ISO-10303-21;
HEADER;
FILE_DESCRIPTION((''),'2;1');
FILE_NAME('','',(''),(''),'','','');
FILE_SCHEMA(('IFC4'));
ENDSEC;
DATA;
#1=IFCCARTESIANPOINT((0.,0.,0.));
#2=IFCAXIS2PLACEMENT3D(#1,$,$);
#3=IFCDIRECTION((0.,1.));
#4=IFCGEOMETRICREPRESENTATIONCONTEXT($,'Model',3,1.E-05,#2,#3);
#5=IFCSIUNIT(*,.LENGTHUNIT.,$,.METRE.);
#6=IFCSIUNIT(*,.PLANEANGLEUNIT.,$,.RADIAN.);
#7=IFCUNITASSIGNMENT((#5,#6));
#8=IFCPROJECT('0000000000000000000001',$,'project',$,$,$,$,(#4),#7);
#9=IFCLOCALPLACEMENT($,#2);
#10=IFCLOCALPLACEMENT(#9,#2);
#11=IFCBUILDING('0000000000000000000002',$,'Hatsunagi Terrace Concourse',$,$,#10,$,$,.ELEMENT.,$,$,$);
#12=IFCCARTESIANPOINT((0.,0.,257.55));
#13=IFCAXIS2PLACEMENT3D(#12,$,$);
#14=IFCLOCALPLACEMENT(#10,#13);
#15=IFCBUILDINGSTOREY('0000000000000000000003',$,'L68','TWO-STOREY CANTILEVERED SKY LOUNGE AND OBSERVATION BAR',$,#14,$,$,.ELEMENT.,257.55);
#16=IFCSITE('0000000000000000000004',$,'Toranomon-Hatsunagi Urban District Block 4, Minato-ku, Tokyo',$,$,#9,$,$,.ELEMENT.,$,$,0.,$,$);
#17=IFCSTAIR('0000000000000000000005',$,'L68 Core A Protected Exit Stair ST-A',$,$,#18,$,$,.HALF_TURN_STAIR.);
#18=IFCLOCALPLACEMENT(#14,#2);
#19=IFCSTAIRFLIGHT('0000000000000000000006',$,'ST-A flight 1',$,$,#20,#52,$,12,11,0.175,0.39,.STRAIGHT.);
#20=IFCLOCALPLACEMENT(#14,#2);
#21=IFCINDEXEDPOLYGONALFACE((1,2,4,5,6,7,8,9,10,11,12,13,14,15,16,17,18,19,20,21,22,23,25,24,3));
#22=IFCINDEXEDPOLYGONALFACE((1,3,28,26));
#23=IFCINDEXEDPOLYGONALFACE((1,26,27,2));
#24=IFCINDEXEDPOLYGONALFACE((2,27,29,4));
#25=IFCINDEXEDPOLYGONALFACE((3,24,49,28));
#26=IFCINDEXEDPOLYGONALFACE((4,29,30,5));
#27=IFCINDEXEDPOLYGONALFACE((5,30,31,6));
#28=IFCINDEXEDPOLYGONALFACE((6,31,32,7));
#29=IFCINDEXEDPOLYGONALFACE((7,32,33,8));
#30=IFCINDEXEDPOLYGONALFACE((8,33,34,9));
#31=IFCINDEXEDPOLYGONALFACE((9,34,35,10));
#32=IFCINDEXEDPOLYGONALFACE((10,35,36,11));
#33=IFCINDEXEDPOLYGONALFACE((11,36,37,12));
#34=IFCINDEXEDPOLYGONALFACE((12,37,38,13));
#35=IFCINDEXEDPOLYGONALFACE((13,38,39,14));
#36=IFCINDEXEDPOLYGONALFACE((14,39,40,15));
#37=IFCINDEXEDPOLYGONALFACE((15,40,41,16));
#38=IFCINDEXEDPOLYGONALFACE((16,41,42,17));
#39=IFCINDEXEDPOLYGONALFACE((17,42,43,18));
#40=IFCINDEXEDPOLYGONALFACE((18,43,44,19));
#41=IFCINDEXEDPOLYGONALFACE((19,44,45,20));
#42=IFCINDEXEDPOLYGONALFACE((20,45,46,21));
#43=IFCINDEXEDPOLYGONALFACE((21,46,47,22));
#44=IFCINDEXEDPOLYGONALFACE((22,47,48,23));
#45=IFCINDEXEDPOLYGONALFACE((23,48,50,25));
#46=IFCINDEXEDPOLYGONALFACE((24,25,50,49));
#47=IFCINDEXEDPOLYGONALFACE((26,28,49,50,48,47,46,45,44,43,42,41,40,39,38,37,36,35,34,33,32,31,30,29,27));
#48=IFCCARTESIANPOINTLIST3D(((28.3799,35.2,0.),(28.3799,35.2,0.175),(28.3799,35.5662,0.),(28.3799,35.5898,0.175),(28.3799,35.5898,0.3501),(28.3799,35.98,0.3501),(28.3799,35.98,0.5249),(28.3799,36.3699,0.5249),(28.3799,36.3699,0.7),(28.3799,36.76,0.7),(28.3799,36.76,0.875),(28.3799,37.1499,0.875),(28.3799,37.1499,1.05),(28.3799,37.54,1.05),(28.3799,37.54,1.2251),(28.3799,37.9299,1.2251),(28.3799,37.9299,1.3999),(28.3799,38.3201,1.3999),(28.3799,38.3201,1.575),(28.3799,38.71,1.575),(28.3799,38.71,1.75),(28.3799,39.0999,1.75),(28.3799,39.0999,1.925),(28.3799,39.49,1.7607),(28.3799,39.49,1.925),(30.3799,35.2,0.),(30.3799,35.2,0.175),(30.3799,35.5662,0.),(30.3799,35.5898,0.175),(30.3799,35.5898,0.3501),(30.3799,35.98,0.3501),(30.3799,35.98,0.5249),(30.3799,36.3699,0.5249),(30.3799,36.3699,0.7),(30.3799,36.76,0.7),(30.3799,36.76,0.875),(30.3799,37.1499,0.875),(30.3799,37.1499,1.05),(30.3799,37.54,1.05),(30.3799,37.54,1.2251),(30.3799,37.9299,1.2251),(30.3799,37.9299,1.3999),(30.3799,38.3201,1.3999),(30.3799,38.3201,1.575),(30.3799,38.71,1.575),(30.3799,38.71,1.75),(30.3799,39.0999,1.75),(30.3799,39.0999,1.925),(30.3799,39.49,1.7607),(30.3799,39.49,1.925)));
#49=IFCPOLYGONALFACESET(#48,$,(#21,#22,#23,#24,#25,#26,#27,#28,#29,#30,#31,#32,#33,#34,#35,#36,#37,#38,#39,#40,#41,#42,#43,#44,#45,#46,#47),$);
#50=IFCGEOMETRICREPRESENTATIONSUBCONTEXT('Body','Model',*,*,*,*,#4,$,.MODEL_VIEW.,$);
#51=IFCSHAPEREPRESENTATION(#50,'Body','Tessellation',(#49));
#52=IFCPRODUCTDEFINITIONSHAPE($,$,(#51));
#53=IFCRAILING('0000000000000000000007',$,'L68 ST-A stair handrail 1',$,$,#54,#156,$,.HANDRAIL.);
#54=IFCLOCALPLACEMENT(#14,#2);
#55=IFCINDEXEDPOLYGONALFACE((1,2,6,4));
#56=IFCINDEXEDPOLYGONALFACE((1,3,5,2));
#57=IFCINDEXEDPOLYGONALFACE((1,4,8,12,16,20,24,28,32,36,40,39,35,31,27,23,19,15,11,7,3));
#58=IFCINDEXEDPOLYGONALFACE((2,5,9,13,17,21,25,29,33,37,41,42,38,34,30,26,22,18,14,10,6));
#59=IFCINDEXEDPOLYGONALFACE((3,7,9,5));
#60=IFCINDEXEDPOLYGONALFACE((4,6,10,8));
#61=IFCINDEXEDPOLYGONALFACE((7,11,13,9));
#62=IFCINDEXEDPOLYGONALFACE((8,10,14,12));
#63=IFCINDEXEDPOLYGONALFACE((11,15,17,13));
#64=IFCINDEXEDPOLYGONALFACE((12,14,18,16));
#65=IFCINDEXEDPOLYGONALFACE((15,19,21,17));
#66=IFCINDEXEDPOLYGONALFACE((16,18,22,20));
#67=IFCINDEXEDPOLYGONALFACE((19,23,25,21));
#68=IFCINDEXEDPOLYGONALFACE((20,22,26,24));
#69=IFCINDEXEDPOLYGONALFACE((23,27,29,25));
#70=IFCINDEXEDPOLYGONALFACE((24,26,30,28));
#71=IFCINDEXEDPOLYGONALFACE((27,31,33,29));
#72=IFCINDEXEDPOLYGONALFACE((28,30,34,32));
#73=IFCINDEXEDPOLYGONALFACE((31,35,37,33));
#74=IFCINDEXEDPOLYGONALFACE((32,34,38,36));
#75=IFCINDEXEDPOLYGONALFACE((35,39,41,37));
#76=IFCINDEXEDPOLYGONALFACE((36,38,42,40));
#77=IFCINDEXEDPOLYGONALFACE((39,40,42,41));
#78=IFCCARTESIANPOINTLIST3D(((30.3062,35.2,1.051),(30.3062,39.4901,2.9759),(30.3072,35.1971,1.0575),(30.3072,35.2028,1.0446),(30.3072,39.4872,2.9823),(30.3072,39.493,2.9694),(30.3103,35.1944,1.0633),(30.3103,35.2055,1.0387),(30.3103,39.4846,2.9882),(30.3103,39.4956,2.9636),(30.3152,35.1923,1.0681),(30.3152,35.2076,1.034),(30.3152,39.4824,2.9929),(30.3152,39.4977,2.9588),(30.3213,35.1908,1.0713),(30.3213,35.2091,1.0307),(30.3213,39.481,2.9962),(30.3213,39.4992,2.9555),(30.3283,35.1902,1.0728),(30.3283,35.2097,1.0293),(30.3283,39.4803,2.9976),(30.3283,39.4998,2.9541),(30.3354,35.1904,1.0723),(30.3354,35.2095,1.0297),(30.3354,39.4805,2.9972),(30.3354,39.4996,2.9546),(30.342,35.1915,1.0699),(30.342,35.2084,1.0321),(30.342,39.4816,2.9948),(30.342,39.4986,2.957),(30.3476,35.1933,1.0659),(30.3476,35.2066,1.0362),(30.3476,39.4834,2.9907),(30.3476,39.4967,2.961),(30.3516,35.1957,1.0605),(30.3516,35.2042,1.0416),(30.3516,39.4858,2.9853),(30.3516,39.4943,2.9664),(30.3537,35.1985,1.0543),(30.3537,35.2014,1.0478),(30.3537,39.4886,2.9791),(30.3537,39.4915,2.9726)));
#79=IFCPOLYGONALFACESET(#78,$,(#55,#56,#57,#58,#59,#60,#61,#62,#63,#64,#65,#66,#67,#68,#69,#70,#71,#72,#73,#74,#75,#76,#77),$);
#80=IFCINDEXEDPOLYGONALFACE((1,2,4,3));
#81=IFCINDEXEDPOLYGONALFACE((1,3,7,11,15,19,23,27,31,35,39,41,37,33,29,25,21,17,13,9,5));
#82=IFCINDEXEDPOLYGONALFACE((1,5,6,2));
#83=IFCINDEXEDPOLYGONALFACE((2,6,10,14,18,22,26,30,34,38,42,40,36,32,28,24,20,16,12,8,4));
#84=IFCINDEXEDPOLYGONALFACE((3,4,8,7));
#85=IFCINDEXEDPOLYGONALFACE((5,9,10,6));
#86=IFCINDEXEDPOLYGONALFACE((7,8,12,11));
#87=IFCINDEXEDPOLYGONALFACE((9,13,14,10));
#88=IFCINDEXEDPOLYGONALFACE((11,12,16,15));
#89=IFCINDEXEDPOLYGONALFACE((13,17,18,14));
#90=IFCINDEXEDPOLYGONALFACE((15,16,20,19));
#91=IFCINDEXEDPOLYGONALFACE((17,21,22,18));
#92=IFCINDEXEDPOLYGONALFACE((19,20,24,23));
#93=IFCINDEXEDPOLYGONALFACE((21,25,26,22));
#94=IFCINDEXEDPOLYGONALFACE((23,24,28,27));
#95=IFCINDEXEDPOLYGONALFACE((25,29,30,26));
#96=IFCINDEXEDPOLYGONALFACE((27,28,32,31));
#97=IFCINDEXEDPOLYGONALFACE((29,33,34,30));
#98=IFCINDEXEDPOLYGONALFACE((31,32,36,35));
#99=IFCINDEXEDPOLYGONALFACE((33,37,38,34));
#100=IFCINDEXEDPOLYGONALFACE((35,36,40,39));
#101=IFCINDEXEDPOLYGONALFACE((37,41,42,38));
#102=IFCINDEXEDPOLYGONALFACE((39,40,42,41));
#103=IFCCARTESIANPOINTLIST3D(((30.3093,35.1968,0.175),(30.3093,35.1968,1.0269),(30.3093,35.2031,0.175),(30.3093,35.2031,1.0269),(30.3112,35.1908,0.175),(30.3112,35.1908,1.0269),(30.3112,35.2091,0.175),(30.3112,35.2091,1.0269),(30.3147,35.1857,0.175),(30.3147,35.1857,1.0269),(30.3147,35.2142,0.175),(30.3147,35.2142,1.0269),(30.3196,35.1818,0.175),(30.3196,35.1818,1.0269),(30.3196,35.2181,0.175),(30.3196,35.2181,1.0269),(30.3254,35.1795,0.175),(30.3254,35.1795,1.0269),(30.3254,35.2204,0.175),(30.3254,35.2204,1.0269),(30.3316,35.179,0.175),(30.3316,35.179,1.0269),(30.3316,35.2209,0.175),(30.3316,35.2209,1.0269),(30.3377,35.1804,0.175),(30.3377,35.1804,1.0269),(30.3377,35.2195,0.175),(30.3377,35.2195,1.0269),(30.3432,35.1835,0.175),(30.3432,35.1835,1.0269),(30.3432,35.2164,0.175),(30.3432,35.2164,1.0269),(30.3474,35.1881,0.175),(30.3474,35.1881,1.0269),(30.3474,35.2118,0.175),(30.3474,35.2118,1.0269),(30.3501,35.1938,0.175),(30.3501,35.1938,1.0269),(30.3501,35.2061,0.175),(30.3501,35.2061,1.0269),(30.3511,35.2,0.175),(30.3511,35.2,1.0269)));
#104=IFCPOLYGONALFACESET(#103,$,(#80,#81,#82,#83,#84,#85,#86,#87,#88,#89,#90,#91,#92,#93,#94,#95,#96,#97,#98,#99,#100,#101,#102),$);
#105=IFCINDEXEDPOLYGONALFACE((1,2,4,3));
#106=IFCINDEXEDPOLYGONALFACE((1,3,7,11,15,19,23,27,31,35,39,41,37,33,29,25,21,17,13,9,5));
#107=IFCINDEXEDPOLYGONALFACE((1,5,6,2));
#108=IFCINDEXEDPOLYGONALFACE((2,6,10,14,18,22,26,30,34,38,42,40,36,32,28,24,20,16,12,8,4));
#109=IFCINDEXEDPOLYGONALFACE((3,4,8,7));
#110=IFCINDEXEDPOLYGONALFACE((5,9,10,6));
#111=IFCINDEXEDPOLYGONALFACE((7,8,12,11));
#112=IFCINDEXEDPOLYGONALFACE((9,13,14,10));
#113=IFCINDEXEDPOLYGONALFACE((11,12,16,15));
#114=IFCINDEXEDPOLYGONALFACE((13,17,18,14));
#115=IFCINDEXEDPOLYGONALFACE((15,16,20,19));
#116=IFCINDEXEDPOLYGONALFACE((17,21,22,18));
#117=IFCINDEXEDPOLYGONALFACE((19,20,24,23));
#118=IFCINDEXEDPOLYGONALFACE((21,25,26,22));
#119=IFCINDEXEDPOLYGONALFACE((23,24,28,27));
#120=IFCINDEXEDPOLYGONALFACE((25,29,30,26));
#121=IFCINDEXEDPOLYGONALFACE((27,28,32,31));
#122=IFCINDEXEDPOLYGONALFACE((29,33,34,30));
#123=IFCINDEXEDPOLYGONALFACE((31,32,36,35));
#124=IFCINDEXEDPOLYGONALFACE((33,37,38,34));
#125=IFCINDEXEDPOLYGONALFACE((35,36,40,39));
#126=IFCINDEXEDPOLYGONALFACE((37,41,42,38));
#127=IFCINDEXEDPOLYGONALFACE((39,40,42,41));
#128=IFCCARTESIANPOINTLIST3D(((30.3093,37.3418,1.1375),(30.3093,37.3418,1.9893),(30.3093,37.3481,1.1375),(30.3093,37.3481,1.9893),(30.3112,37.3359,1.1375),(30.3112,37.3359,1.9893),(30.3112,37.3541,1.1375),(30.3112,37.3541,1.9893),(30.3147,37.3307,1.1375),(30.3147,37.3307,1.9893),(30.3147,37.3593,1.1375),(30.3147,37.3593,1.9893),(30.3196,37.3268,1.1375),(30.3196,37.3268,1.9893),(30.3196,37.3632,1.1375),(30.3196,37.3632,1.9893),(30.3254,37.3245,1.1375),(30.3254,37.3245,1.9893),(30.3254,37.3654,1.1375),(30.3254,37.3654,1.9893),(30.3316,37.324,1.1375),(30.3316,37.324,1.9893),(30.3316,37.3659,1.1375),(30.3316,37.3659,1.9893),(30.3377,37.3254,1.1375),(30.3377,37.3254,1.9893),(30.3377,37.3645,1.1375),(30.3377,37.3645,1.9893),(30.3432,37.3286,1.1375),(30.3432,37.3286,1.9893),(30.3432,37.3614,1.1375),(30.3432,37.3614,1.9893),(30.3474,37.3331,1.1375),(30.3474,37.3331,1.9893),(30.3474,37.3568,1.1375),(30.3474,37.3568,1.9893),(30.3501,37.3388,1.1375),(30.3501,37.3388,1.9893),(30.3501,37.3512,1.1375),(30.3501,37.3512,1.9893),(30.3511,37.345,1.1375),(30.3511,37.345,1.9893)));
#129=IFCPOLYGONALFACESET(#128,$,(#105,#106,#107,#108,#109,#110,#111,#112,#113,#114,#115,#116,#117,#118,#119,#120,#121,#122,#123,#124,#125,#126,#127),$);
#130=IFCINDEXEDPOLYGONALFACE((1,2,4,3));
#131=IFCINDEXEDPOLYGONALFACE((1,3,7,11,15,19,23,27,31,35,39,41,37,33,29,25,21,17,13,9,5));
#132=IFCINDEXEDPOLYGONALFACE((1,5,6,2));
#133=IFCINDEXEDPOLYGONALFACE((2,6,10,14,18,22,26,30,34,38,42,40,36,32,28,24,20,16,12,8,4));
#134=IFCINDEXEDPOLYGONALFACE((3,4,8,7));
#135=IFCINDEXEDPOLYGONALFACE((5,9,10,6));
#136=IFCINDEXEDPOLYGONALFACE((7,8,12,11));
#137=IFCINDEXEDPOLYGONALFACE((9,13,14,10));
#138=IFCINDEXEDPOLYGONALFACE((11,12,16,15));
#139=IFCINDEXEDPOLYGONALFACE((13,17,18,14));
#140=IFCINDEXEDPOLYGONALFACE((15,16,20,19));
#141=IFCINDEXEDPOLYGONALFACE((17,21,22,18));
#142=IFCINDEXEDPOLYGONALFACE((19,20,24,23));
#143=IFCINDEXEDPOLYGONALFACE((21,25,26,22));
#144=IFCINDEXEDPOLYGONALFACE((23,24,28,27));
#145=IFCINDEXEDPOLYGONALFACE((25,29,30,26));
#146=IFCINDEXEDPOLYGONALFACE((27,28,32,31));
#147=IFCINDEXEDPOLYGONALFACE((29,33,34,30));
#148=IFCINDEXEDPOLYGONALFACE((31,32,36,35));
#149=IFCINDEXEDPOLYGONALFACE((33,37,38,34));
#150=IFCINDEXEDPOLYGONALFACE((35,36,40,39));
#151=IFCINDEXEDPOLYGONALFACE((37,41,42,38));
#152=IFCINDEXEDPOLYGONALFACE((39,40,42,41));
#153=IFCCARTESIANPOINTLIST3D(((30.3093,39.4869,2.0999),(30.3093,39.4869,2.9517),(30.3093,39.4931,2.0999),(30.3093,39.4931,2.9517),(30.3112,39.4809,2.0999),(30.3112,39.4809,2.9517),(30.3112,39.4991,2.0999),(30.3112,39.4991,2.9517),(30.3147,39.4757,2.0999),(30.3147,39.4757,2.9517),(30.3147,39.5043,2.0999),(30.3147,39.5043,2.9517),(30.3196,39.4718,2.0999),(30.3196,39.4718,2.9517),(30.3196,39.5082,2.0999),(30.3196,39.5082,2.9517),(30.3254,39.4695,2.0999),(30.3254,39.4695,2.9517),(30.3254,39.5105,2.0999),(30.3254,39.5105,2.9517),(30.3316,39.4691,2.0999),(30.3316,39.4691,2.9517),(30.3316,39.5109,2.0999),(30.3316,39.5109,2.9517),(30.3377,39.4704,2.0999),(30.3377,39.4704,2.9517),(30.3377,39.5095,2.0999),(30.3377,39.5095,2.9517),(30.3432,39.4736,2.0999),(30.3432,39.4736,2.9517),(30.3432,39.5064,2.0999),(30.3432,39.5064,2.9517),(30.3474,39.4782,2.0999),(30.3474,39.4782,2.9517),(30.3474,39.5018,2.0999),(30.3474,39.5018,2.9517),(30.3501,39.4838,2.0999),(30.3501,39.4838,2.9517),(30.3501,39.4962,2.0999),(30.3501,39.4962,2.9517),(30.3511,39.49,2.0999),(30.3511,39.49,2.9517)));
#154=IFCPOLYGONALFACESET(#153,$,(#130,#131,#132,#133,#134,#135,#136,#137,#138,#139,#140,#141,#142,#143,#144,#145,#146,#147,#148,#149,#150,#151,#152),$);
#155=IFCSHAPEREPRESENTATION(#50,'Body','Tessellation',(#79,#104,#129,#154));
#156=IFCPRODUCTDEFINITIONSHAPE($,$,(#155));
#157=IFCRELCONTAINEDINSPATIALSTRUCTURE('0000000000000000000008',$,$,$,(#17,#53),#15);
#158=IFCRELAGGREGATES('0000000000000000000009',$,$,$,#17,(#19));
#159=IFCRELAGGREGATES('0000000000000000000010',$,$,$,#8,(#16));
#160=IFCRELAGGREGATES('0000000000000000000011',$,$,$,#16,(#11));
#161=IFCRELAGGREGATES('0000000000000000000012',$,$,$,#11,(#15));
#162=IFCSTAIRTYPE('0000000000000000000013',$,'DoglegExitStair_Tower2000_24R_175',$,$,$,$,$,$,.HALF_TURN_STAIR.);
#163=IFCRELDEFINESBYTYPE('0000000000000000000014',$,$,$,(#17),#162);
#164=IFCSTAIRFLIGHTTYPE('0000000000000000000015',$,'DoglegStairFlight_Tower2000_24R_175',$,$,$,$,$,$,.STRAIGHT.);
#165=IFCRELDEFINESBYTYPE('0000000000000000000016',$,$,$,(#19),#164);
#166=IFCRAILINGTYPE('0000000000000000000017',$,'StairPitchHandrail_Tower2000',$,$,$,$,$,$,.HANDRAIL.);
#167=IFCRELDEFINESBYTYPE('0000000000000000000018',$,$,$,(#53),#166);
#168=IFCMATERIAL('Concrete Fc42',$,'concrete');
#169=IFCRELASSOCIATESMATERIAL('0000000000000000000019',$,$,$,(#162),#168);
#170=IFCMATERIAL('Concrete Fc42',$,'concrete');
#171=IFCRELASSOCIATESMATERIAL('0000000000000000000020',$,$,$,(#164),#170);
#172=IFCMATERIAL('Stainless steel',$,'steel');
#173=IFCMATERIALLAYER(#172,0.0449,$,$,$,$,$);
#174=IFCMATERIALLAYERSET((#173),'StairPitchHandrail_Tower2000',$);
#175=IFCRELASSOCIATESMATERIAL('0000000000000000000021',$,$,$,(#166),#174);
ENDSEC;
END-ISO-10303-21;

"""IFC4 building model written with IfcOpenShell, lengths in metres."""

from ifc_helpers import new_model, si_unit, direction, frame, origin, origin_2d, place, context, subcontext, project, spatial, polyline, circle, outline, extrude, material, layer, layer_set, type_object, element, aggregate, save


model = new_model("IFC4")

# Units and contexts
model_context = context("Model", 3, precision=1e-05, world=origin(), true_north=direction((0.0, 1.0)))
body_context = subcontext(model_context, "Body", "Model", "MODEL_VIEW")
ifc_project = project(units=[si_unit("LENGTHUNIT", "METRE"), si_unit("PLANEANGLEUNIT", "RADIAN")], contexts=[model_context])

# Site, building, storey
site_placement = place(None, origin())
site = spatial("IfcSite", under=ifc_project, at=site_placement, Name="Toranomon-Hatsunagi Urban District Block 4, Minato-ku, Tokyo", CompositionType="ELEMENT", RefElevation=0.0)
building_placement = place(site_placement, origin())
building = spatial("IfcBuilding", under=site, at=building_placement, Name="Hatsunagi Terrace Concourse", CompositionType="ELEMENT")
storey_placement = place(building_placement, frame((0.0, 0.0, 257.55)))
storey = spatial("IfcBuildingStorey", under=building, at=storey_placement, Name="L68", Description="TWO-STOREY CANTILEVERED SKY LOUNGE AND OBSERVATION BAR", CompositionType="ELEMENT", Elevation=257.55)

# Stair, stair flight
ifc_material_1 = material(Name="Concrete Fc42", Category="concrete")
stair_type = type_object("IfcStairType", Name="DoglegExitStair_Tower2000_24R_175", PredefinedType="HALF_TURN_STAIR", material=ifc_material_1)
stair_placement = place(storey_placement, origin())
stair = element("IfcStair", 1, at=stair_placement, inside=storey, type_object=stair_type, Name="L68 Core A Protected Exit Stair ST-A", PredefinedType="HALF_TURN_STAIR")
ifc_material_2 = material(Name="Concrete Fc42", Category="concrete")
stair_flight_type = type_object("IfcStairFlightType", Name="DoglegStairFlight_Tower2000_24R_175", PredefinedType="STRAIGHT", material=ifc_material_2)
stair_flight_placement = place(storey_placement, frame((29.3799, 35.2, 0.0), z_axis=(0.0, 0.0, 1.0), x_axis=(0.0, 1.0, 0.0)))
stair_flight = element("IfcStairFlight", 2, at=stair_flight_placement, type_object=stair_flight_type, Name="ST-A flight 1", NumberOfRisers=12, NumberOfTreads=11, PredefinedType="STRAIGHT", RiserHeight=0.175, TreadLength=0.39, context=body_context, shape_type="SweptSolid", body=[
    extrude(outline(polyline([(0.0, 0.0), (0.0, 0.175), (0.3899, 0.175), (0.3899, 0.3501), (0.78, 0.3501), (0.78, 0.5249), (1.1699, 0.5249), (1.1699, 0.7), (1.5601, 0.7), (1.5601, 0.875), (1.95, 0.875), (1.95, 1.05), (2.3401, 1.05), (2.3401, 1.2251), (2.73, 1.2251), (2.73, 1.3999), (3.1201, 1.3999), (3.1201, 1.575), (3.51, 1.575), (3.51, 1.75), (3.8999, 1.75), (3.8999, 1.925), (4.29, 1.925), (4.29, 2.1001), (4.29, 1.7607), (0.3662, 0.0), (0.0, 0.0)])), frame((0.0, 1.0, 0.0), z_axis=(0.0, -1.0, 0.0), x_axis=(1.0, 0.0, 0.0)), (0.0, 0.0, 1.0), 2.0),
])
aggregate(stair, [stair_flight])

# Railing
ifc_material_3 = material(Name="Stainless steel", Category="steel")
ifc_layer_1 = layer(ifc_material_3, 0.0449)
ifc_layer_set_1 = layer_set([ifc_layer_1], Name="StairPitchHandrail_Tower2000")
railing_type_1 = type_object("IfcRailingType", Name="StairPitchHandrail_Tower2000", PredefinedType="HANDRAIL", material=ifc_layer_set_1)
railing_1_placement = place(storey_placement, frame((30.3301, 35.2, 0.175)))
element("IfcRailing", 3, at=railing_1_placement, inside=storey, type_object=railing_type_1, Name="L68 ST-A stair handrail 1", PredefinedType="HANDRAIL", context=body_context, shape_type="SweptSolid", body=[
    extrude(circle(Radius=0.0239, at=origin_2d()), frame((0.0, 0.0, 0.876), z_axis=(0.0, 0.912376, 0.409354), x_axis=(-1.0, 0.0, 0.0)), (0.0, 0.0, 1.0), 4.7021),
    extrude(circle(Radius=0.021, at=origin_2d()), origin(), (0.0, 0.0, 1.0), 0.8518),
    extrude(circle(Radius=0.021, at=origin_2d()), frame((0.0, 2.145, 0.9624)), (0.0, 0.0, 1.0), 0.8518),
    extrude(circle(Radius=0.021, at=origin_2d()), frame((0.0, 4.29, 1.9248)), (0.0, 0.0, 1.0), 0.8518),
])

save(model, "model.ifc")
